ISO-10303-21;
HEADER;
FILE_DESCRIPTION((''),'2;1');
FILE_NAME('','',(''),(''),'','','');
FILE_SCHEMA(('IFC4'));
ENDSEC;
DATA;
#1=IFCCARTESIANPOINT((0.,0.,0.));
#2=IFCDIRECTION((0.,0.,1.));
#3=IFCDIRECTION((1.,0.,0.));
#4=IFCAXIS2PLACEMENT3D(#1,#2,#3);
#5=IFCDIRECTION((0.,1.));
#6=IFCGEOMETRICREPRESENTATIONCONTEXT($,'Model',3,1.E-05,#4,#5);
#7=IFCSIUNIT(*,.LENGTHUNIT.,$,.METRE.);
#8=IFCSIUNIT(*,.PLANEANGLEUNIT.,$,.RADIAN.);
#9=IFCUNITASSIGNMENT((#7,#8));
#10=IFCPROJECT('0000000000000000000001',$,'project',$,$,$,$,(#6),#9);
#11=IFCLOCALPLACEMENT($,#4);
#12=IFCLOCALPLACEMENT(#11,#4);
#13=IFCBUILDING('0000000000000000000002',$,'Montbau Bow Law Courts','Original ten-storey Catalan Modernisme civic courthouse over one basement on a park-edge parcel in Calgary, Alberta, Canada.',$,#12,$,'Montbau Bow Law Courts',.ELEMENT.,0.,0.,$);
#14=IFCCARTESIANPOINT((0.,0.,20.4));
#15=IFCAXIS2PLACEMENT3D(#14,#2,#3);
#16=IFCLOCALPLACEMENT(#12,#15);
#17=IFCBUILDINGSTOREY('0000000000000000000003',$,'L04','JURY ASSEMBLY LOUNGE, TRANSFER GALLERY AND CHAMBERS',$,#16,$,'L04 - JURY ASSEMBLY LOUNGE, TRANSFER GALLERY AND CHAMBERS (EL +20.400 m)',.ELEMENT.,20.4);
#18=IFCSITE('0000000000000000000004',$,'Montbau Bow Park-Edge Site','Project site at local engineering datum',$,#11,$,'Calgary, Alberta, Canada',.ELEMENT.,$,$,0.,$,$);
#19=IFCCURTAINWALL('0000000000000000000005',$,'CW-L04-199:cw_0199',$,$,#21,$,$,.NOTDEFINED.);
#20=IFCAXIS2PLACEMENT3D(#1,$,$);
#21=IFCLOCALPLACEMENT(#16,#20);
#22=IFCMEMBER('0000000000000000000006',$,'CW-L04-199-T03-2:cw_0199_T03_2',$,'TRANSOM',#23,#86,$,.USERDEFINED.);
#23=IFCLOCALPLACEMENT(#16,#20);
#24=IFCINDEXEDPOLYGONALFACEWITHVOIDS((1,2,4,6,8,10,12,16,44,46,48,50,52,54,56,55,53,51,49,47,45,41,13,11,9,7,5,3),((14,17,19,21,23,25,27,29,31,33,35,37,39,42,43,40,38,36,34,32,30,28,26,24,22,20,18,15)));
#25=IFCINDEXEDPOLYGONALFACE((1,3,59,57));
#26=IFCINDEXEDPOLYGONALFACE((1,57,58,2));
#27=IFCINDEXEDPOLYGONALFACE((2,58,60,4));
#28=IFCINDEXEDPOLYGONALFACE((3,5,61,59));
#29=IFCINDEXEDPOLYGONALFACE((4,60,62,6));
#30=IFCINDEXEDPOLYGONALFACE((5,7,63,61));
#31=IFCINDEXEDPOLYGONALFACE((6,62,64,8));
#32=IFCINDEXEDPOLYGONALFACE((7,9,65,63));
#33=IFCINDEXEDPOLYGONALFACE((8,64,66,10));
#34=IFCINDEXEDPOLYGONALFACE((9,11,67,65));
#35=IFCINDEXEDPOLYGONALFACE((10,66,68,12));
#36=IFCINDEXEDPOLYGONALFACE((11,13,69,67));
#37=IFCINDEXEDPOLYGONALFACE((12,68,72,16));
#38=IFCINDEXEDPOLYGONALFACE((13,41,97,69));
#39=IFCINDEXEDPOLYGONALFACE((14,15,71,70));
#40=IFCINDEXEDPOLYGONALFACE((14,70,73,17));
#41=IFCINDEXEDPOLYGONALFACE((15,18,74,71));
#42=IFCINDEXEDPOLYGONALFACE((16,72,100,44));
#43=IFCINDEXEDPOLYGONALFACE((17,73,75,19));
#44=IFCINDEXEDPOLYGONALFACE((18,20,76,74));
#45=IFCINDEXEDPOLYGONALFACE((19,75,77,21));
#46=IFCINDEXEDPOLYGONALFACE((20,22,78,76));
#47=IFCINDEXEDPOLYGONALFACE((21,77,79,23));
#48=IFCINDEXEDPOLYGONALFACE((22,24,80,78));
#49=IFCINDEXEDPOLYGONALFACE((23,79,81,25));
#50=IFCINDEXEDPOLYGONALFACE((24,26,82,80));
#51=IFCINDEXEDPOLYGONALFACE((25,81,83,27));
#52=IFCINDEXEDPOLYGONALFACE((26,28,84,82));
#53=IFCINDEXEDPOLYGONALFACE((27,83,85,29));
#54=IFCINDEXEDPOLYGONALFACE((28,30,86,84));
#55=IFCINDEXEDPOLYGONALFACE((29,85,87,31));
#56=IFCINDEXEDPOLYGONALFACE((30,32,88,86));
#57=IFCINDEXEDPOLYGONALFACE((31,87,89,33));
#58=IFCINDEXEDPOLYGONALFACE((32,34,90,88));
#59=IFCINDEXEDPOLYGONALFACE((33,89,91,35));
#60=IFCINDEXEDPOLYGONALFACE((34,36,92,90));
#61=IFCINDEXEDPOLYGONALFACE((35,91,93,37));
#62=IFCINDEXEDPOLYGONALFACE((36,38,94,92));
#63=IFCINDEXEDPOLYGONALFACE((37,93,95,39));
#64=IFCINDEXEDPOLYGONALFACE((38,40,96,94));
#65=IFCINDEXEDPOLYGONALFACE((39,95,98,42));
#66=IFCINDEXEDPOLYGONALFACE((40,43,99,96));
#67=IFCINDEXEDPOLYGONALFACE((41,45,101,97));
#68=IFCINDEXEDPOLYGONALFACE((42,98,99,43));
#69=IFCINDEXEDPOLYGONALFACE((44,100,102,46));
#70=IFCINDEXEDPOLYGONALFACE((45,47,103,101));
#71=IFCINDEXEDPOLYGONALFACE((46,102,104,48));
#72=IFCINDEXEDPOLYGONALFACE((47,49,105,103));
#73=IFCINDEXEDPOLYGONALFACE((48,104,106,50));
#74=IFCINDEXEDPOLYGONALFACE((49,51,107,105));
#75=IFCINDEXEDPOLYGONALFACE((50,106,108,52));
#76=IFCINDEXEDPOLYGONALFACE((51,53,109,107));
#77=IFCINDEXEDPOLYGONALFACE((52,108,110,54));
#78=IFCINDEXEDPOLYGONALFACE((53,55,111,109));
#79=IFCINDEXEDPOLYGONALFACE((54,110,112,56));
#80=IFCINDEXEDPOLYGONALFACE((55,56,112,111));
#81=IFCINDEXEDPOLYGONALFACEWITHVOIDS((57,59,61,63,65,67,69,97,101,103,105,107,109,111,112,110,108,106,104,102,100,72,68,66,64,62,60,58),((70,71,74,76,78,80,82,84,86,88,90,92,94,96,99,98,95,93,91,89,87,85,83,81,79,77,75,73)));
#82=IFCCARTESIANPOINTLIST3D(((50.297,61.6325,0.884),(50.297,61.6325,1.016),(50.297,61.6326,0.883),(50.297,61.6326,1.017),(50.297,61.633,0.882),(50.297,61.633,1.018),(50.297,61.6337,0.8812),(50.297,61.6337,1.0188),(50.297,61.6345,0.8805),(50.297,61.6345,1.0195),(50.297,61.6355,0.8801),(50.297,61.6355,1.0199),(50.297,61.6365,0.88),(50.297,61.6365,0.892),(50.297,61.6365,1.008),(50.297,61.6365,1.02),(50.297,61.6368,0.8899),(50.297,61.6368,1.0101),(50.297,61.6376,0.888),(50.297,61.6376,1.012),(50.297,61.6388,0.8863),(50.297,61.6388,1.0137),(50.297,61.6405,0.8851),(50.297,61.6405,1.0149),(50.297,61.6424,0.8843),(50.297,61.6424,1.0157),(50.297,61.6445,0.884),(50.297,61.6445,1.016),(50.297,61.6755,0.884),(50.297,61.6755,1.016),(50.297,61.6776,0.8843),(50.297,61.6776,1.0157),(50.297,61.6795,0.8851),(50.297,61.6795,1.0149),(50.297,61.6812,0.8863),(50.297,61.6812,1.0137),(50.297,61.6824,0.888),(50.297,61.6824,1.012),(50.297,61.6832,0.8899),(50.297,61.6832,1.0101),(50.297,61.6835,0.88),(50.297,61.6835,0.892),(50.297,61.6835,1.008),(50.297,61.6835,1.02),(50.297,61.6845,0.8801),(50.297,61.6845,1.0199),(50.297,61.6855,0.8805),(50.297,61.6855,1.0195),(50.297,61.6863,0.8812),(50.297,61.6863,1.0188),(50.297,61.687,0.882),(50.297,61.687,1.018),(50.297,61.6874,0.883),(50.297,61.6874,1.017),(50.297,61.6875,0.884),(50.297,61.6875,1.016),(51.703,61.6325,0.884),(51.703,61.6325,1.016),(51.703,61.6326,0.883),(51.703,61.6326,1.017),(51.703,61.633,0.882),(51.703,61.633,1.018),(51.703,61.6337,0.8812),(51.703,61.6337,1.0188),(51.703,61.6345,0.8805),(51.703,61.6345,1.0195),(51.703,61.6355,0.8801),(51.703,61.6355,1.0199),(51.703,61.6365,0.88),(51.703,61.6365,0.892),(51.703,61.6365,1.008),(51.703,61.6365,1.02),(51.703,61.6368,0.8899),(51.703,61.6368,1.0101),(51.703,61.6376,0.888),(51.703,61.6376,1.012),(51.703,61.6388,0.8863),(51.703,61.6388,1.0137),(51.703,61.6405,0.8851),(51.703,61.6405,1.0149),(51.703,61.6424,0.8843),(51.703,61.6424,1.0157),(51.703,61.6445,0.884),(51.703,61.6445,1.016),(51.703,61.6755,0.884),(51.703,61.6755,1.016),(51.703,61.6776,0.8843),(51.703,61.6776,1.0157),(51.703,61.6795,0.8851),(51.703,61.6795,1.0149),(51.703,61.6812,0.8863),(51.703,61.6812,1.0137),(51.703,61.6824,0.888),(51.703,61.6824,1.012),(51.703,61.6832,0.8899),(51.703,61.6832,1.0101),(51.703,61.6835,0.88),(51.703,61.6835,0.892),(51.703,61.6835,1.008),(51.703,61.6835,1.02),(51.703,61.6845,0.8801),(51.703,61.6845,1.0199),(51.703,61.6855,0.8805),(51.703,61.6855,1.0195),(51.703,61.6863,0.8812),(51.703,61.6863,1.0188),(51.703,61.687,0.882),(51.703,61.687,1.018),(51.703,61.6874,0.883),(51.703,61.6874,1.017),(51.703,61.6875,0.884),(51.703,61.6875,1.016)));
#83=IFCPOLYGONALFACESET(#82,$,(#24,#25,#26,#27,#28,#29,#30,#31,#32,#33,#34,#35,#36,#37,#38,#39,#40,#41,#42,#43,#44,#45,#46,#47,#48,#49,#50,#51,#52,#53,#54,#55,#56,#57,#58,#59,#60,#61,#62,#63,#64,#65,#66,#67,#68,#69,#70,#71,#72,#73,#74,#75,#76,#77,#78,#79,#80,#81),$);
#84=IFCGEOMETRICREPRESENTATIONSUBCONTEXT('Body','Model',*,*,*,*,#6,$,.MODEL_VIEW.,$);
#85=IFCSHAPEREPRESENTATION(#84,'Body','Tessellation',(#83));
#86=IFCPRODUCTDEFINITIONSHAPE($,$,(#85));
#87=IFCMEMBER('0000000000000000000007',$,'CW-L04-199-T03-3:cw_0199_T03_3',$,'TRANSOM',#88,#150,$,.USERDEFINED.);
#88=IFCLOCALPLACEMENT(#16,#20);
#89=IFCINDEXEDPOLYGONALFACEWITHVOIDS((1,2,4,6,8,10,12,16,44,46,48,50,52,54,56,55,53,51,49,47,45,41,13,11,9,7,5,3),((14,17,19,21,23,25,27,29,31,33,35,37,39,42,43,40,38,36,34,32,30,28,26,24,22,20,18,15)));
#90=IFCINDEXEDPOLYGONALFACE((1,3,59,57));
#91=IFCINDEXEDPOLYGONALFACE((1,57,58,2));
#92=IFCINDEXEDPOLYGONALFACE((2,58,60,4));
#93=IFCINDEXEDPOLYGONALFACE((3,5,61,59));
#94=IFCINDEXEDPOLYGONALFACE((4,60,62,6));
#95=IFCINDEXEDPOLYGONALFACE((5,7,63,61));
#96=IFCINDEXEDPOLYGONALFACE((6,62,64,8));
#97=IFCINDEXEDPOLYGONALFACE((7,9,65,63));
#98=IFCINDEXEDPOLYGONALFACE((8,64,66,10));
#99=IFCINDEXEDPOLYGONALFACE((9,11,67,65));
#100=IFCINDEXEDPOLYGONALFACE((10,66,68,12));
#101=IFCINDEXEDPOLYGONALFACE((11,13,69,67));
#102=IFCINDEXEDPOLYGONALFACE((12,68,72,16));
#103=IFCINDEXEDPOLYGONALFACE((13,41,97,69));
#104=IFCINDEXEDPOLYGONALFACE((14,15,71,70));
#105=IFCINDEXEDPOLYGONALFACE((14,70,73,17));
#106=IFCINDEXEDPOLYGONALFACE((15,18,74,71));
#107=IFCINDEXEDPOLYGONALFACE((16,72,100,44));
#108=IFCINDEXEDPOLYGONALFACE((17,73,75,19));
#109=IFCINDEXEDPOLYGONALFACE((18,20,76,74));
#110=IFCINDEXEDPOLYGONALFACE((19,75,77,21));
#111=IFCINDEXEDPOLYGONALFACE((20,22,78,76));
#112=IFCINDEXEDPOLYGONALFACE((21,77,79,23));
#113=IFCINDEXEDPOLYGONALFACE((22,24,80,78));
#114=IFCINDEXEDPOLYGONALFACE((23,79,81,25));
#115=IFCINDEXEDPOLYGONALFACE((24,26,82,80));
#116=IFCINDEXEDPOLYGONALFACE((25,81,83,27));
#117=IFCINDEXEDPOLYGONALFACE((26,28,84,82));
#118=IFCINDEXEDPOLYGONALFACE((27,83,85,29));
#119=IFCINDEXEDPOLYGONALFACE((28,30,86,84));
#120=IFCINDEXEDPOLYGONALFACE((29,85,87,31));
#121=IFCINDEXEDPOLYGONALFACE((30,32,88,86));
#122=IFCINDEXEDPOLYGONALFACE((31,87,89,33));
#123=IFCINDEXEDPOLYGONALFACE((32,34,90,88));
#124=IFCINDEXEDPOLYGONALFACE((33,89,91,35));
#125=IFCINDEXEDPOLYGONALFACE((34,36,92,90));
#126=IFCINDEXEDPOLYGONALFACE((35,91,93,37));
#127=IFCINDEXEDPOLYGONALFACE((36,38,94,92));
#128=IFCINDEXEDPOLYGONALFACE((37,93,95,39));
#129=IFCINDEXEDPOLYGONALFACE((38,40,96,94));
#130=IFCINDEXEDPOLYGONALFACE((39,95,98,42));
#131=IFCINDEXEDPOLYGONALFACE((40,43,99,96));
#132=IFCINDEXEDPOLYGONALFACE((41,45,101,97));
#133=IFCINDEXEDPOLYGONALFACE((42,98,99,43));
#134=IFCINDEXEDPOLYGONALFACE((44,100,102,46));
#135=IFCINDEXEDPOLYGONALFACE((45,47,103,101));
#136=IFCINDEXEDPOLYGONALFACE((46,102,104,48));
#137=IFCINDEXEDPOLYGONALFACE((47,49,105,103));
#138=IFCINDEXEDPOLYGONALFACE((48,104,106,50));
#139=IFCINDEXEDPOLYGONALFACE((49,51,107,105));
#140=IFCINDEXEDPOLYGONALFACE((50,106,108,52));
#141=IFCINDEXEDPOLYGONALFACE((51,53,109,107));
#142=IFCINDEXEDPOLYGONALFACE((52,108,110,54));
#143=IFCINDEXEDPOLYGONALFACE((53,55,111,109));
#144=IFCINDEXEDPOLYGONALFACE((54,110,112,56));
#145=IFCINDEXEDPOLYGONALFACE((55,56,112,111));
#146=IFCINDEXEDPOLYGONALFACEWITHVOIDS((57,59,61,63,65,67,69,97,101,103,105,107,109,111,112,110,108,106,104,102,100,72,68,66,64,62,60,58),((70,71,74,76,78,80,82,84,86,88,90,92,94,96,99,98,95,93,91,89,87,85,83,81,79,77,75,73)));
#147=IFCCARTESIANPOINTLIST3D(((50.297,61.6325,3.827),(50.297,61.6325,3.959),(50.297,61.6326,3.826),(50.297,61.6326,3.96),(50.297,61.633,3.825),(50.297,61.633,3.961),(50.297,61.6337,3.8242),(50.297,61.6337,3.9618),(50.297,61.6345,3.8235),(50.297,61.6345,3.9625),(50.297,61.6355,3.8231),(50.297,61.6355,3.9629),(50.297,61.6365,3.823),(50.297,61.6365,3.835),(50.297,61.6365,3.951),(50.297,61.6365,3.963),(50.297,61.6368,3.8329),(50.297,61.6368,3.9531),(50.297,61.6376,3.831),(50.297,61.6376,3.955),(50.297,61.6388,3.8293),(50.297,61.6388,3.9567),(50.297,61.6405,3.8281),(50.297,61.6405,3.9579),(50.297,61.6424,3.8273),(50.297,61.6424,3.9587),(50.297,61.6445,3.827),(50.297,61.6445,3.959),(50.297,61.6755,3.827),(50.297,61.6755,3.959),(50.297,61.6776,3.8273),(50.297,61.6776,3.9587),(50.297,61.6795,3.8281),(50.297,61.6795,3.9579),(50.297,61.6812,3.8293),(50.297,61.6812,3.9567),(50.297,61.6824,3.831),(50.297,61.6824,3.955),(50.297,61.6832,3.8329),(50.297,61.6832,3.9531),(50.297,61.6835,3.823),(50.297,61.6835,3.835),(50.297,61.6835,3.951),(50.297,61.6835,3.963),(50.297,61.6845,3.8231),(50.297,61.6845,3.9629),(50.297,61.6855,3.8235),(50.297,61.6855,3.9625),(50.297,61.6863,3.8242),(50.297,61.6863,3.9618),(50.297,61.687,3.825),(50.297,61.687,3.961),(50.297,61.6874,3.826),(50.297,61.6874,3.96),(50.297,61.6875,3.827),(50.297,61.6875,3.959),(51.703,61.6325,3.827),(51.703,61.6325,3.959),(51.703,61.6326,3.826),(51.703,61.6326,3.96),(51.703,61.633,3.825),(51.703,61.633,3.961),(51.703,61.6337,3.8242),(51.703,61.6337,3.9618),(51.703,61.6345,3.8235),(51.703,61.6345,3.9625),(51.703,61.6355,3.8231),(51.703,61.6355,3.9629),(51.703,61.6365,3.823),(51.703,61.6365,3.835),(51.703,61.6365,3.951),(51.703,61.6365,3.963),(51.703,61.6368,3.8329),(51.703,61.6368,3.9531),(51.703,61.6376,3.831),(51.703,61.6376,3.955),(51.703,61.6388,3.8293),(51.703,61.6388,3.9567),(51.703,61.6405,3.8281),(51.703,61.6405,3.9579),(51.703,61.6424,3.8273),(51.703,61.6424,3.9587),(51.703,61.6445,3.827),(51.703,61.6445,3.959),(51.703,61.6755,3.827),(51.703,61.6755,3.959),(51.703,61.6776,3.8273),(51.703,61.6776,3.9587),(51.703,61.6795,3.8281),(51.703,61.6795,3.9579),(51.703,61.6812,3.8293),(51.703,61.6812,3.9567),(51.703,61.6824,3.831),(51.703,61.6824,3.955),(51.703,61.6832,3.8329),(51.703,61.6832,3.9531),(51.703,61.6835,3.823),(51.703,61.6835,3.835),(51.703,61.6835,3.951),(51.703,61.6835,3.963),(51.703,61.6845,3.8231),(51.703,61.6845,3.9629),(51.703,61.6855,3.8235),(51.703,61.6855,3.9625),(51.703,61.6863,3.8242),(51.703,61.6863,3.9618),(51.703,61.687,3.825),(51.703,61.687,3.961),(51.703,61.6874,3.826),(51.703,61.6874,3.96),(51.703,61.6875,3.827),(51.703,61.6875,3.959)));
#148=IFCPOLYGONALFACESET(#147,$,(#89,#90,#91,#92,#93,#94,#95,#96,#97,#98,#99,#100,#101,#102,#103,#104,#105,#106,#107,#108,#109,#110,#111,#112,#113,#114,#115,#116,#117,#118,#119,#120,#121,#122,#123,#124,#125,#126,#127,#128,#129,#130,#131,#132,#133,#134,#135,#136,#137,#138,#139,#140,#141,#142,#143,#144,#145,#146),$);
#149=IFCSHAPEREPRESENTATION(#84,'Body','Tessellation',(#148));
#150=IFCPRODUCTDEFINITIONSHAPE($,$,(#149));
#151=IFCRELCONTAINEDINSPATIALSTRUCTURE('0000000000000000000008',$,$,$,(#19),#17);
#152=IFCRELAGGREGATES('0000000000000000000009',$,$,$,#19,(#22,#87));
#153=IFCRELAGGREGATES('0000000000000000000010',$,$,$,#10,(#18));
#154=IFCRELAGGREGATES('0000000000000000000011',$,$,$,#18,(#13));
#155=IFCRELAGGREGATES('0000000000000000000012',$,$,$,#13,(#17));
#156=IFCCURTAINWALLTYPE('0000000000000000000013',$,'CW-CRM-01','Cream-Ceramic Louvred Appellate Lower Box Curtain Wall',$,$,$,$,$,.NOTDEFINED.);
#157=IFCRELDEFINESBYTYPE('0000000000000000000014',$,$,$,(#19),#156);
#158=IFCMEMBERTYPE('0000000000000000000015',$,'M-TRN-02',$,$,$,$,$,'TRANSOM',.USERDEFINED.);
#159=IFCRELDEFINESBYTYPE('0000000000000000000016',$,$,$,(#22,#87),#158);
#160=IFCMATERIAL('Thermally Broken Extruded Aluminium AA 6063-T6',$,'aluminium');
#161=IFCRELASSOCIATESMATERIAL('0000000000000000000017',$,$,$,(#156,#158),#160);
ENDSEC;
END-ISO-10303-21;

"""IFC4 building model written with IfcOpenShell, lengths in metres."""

from ifc_helpers import new_model, si_unit, direction, frame, origin_with_axes, origin_2d_with_axis, place, context, subcontext, project, spatial, hollow_rectangle, extrude, material, material_profile, profile_set, type_object, element, aggregate, save


model = new_model("IFC4")

# Units and contexts
model_context = context("Model", 3, precision=1e-05, world=origin_with_axes(), true_north=direction((0.0, 1.0)))
body_context = subcontext(model_context, "Body", "Model", "MODEL_VIEW")
ifc_project = project(units=[si_unit("LENGTHUNIT", "METRE"), si_unit("PLANEANGLEUNIT", "RADIAN")], contexts=[model_context])

# Site, building, storey
site_placement = place(None, origin_with_axes())
site = spatial("IfcSite", under=ifc_project, at=site_placement, Name="Montbau Bow Park-Edge Site", Description="Project site at local engineering datum", LongName="Calgary, Alberta, Canada", CompositionType="ELEMENT", RefElevation=0.0)
building_placement = place(site_placement, origin_with_axes())
building = spatial("IfcBuilding", under=site, at=building_placement, Name="Montbau Bow Law Courts", Description="Original ten-storey Catalan Modernisme civic courthouse over one basement on a park-edge parcel in Calgary, Alberta, Canada.", LongName="Montbau Bow Law Courts", CompositionType="ELEMENT", ElevationOfRefHeight=0.0, ElevationOfTerrain=0.0)
storey_placement = place(building_placement, frame((0.0, 0.0, 20.4), z_axis=(0.0, 0.0, 1.0), x_axis=(1.0, 0.0, 0.0)))
storey = spatial("IfcBuildingStorey", under=building, at=storey_placement, Name="L04", Description="JURY ASSEMBLY LOUNGE, TRANSFER GALLERY AND CHAMBERS", LongName="L04 - JURY ASSEMBLY LOUNGE, TRANSFER GALLERY AND CHAMBERS (EL +20.400 m)", CompositionType="ELEMENT", Elevation=20.4)

# Curtain wall, members
ifc_material_1 = material(Name="Thermally Broken Extruded Aluminium AA 6063-T6", Category="aluminium")
curtain_wall_type = type_object("IfcCurtainWallType", Name="CW-CRM-01", Description="Cream-Ceramic Louvred Appellate Lower Box Curtain Wall", PredefinedType="NOTDEFINED", material=ifc_material_1)
curtain_wall_placement = place(None, frame((47.315, 61.66, 20.4), z_axis=(0.0, 0.0, 1.0), x_axis=(1.0, 0.0, 0.0)))
curtain_wall = element("IfcCurtainWall", 1, at=curtain_wall_placement, inside=storey, type_object=curtain_wall_type, Name="CW-L04-199:cw_0199", PredefinedType="NOTDEFINED")
ifc_material_profile_1 = material_profile(ifc_material_1, hollow_rectangle(XDim=0.055, YDim=0.14, WallThickness=0.004, InnerFilletRadius=0.008, OuterFilletRadius=0.004, at=origin_2d_with_axis()), Name="CWT-140X55", Category="Main", Priority=0)
ifc_profile_set_1 = profile_set([ifc_material_profile_1], Name="Thermally Broken Extruded Aluminium AA 6063-T6")
member_type_1 = type_object("IfcMemberType", Name="M-TRN-02", ElementType="TRANSOM", PredefinedType="USERDEFINED", material=ifc_profile_set_1)
member_1_placement = place(None, frame((50.297, 61.66, 21.35), z_axis=(1.0, 0.0, 0.0), x_axis=(0.0, 1.0, 0.0)))
member_1 = element("IfcMember", 2, at=member_1_placement, type_object=member_type_1, Name="CW-L04-199-T03-2:cw_0199_T03_2", ObjectType="TRANSOM", PredefinedType="USERDEFINED", context=body_context, shape_type="SweptSolid", body=[
    extrude(hollow_rectangle(XDim=0.055, YDim=0.14, WallThickness=0.004, InnerFilletRadius=0.008, OuterFilletRadius=0.004, at=origin_2d_with_axis()), origin_with_axes(), (0.0, 0.0, 1.0), 1.406),
])
member_2_placement = place(None, frame((50.297, 61.66, 24.293), z_axis=(1.0, 0.0, 0.0), x_axis=(0.0, 1.0, 0.0)))
member_2 = element("IfcMember", 3, at=member_2_placement, type_object=member_type_1, Name="CW-L04-199-T03-3:cw_0199_T03_3", ObjectType="TRANSOM", PredefinedType="USERDEFINED", context=body_context, shape_type="SweptSolid", body=[
    extrude(hollow_rectangle(XDim=0.055, YDim=0.14, WallThickness=0.004, InnerFilletRadius=0.008, OuterFilletRadius=0.004, at=origin_2d_with_axis()), origin_with_axes(), (0.0, 0.0, 1.0), 1.406),
])
aggregate(curtain_wall, [member_1, member_2])

save(model, "model.ifc")
